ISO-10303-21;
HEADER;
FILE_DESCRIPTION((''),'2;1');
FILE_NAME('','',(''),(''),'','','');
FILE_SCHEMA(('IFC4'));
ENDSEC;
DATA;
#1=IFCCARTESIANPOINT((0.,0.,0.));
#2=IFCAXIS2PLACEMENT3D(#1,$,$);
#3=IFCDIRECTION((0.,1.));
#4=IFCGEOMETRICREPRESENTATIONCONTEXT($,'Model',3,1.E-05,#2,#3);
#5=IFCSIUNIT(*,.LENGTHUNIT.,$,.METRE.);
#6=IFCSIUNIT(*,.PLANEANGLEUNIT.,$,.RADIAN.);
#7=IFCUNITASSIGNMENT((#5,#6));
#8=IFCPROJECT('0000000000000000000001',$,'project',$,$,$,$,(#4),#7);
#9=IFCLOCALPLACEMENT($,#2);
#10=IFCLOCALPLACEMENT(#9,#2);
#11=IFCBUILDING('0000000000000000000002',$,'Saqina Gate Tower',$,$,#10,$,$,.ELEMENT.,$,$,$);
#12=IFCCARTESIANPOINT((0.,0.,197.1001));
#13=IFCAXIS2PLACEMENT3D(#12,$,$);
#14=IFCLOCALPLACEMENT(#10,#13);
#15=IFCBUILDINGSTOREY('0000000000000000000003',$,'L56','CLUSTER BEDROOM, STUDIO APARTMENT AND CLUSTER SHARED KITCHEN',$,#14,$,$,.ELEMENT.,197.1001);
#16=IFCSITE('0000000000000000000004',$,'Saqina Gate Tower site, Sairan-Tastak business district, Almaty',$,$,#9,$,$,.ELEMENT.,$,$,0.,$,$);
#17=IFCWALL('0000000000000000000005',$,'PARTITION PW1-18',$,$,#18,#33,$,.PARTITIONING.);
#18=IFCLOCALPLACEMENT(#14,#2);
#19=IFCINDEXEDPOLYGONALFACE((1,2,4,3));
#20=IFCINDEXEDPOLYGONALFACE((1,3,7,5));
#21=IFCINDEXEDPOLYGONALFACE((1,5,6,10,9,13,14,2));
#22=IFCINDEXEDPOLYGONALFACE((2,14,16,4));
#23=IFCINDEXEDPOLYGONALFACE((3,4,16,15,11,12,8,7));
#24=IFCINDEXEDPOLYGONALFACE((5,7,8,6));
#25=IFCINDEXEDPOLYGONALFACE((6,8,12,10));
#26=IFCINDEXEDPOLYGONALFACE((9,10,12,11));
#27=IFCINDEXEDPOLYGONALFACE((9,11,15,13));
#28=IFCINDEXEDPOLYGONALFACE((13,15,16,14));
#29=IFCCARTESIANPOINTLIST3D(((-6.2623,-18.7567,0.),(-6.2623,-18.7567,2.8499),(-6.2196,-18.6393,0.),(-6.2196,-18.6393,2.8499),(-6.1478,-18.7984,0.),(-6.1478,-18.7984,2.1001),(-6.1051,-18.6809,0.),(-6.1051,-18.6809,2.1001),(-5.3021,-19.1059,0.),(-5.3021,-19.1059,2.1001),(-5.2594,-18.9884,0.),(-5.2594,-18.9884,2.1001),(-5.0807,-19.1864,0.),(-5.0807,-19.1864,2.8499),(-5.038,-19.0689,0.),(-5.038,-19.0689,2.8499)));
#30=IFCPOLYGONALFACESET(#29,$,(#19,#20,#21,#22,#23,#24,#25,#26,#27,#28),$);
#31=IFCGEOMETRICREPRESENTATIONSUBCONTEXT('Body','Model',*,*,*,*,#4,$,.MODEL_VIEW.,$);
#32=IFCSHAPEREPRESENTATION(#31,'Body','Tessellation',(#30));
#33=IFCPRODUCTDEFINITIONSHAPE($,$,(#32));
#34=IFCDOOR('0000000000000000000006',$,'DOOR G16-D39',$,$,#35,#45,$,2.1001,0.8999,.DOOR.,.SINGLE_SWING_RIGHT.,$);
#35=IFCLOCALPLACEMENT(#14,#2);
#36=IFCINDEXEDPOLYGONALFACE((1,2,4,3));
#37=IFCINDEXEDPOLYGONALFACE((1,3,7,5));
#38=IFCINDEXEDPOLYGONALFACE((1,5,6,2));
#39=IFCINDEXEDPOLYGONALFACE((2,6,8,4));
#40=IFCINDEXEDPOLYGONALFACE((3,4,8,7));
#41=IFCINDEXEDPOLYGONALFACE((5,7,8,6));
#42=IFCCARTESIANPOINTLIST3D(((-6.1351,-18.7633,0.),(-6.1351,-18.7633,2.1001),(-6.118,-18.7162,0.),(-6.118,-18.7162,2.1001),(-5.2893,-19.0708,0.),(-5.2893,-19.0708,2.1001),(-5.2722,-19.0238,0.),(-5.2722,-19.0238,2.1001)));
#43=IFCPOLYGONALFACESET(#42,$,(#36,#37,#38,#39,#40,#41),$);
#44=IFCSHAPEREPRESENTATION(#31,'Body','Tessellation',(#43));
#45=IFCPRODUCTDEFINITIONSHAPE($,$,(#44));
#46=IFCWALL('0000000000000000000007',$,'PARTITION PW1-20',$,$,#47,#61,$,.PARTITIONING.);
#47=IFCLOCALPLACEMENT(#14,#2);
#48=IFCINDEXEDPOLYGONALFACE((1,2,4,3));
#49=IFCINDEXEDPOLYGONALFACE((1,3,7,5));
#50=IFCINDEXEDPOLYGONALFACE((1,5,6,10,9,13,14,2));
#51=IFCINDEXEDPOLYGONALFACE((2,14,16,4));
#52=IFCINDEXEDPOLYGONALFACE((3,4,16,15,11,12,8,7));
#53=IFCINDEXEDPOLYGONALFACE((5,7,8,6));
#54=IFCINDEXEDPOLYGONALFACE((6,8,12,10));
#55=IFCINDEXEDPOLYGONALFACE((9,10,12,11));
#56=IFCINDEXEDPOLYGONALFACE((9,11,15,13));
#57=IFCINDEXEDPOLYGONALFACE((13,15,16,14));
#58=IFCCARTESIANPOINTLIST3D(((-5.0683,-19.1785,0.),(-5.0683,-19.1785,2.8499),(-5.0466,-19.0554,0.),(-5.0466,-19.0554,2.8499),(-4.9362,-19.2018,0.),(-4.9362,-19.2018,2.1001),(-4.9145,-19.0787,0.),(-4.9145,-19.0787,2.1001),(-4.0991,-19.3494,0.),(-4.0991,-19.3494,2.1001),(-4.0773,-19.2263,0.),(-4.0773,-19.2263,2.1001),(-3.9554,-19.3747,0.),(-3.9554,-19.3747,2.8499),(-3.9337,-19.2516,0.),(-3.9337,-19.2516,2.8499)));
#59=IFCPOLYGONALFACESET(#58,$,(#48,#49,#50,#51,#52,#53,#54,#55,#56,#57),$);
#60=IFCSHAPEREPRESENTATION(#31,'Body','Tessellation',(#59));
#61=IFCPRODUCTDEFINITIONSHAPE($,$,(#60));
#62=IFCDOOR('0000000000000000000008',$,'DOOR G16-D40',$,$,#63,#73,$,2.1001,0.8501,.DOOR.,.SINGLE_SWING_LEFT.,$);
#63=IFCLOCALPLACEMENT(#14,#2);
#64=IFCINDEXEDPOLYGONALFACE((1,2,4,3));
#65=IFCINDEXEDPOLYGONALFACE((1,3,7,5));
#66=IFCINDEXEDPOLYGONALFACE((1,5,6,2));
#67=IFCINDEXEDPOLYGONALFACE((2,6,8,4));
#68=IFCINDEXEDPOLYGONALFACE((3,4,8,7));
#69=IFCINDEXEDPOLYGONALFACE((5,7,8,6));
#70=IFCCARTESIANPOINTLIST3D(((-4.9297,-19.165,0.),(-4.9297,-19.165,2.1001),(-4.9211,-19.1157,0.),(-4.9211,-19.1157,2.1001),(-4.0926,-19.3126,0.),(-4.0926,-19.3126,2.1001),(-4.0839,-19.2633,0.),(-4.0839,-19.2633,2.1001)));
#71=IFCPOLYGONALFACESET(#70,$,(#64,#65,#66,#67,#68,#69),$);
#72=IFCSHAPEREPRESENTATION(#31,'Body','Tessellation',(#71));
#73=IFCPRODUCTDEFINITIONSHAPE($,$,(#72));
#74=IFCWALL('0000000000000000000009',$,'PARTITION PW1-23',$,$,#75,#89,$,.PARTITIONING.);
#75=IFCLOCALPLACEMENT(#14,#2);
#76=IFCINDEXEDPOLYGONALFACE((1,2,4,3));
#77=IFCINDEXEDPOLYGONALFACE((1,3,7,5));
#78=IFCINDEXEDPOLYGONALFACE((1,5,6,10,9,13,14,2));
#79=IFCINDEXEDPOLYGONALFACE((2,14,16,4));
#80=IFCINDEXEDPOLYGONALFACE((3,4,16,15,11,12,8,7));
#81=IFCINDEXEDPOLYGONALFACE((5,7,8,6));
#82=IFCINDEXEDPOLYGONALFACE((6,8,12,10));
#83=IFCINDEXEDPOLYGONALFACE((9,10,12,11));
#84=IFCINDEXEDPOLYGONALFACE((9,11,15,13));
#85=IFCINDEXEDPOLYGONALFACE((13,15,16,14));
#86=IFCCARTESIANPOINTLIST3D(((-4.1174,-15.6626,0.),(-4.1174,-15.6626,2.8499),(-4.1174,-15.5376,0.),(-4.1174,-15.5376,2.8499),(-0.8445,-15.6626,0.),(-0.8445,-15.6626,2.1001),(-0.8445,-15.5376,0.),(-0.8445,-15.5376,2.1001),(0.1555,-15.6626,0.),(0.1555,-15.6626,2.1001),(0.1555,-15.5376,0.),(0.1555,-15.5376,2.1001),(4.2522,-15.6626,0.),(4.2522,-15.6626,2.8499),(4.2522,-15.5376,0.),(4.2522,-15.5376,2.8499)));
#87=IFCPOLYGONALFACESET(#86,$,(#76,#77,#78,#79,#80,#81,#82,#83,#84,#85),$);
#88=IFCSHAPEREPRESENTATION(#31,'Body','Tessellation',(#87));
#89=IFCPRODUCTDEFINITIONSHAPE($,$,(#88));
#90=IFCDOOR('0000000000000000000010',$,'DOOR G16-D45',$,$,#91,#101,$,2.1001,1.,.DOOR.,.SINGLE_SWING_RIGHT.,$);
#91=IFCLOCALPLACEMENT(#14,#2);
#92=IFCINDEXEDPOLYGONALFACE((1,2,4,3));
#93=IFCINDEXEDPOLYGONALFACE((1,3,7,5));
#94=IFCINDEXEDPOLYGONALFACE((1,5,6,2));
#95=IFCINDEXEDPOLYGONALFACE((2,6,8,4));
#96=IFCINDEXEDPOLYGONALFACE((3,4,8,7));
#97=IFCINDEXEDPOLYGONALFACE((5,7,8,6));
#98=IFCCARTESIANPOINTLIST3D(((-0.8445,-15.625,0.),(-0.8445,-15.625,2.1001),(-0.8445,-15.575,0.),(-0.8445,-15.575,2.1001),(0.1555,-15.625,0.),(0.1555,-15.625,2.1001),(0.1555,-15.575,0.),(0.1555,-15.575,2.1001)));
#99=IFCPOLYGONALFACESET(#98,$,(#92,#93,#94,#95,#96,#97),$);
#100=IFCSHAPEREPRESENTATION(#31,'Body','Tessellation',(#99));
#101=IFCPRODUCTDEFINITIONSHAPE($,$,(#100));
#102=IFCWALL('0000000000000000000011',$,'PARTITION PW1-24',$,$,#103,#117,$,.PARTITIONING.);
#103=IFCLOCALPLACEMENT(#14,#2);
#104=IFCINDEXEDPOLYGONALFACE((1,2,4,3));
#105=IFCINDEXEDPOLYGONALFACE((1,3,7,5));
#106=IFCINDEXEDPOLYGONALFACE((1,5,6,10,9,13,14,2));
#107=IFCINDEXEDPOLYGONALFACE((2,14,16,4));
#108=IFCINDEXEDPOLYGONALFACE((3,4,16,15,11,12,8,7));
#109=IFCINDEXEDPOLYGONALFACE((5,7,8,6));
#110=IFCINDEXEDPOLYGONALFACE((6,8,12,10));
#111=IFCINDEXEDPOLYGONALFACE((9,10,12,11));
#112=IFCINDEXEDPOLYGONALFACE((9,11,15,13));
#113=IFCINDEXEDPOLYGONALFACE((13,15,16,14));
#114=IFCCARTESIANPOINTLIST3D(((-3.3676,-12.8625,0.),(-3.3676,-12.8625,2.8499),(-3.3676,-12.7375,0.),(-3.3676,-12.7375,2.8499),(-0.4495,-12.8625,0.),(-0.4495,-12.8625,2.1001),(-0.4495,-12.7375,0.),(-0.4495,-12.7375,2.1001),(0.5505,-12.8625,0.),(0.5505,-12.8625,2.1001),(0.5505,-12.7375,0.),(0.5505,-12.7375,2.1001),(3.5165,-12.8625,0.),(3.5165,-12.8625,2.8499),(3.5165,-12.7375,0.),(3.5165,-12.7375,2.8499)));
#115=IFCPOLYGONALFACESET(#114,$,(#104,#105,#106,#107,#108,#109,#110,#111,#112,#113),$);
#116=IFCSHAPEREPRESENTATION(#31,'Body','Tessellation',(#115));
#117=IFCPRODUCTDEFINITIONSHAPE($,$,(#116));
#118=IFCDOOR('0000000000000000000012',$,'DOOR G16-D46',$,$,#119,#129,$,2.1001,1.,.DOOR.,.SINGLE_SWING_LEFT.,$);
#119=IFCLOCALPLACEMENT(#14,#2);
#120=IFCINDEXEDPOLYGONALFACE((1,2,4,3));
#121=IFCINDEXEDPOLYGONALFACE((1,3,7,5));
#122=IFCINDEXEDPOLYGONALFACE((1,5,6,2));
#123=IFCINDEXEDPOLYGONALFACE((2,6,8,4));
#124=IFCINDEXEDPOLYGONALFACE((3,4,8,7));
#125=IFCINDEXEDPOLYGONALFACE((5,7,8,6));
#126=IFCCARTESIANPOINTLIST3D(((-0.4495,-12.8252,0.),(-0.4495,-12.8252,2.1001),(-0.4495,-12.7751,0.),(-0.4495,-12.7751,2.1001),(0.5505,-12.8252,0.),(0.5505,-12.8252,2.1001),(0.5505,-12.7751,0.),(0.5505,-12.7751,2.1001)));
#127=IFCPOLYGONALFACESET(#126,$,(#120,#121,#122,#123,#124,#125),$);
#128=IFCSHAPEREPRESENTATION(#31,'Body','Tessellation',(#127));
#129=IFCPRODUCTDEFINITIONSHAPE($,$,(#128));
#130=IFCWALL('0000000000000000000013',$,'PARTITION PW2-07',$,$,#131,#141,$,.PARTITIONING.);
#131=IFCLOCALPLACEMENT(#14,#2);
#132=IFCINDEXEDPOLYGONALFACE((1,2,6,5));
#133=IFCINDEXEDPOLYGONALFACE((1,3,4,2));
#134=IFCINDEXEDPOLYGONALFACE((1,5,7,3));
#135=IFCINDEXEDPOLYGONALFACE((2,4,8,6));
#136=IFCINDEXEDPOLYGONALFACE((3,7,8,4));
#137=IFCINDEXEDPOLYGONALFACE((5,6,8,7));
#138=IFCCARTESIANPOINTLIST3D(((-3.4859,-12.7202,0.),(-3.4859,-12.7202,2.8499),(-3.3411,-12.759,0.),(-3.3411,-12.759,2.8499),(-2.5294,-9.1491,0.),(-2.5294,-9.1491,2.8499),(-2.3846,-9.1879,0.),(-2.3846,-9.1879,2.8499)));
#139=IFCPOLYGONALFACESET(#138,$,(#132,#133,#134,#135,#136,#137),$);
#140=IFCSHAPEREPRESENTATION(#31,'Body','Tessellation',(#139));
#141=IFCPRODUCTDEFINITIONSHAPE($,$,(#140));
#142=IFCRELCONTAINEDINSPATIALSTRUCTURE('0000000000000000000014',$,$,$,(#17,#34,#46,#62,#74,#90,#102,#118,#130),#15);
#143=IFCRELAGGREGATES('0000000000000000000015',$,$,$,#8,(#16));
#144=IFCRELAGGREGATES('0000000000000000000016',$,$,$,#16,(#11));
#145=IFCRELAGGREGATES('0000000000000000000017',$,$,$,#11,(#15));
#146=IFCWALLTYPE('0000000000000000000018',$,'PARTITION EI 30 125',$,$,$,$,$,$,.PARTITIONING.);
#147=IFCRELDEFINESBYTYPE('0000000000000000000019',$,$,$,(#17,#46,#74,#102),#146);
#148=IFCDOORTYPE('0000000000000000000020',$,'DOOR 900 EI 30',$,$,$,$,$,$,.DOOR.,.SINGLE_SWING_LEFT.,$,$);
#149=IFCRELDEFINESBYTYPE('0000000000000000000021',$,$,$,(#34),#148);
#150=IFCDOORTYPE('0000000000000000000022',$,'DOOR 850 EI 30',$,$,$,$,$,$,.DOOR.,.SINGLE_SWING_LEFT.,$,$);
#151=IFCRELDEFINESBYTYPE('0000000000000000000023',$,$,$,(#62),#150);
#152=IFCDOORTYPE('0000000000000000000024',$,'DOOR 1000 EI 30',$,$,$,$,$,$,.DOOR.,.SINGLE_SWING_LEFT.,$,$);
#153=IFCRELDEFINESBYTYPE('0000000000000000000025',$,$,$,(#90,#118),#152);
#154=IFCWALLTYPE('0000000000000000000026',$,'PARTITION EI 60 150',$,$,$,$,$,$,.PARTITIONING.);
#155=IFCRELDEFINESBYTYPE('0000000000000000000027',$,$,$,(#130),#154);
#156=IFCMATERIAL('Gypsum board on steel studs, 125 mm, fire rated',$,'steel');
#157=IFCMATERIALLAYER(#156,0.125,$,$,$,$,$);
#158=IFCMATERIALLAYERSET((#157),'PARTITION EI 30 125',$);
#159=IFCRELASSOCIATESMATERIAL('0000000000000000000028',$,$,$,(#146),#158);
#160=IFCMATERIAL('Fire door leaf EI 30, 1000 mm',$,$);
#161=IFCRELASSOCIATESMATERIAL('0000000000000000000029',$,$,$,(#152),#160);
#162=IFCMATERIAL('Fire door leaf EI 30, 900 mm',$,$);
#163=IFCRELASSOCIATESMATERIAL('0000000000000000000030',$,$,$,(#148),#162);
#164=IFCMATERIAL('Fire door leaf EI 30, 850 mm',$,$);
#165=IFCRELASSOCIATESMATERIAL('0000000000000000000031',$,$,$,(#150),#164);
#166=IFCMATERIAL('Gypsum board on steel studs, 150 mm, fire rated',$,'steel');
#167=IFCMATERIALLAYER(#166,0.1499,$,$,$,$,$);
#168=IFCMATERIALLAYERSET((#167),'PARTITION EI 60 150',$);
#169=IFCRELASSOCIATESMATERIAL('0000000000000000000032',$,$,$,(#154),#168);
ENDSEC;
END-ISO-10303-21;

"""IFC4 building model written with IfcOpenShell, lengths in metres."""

from ifc_helpers import new_model, si_unit, direction, frame, frame_2d, origin, place, context, subcontext, project, spatial, rectangle, extrude, material, layer, layer_set, type_object, element, fill, save


model = new_model("IFC4")

# Units and contexts
model_context = context("Model", 3, precision=1e-05, world=origin(), true_north=direction((0.0, 1.0)))
body_context = subcontext(model_context, "Body", "Model", "MODEL_VIEW")
ifc_project = project(units=[si_unit("LENGTHUNIT", "METRE"), si_unit("PLANEANGLEUNIT", "RADIAN")], contexts=[model_context])

# Site, building, storey
site_placement = place(None, origin())
site = spatial("IfcSite", under=ifc_project, at=site_placement, Name="Saqina Gate Tower site, Sairan-Tastak business district, Almaty", CompositionType="ELEMENT", RefElevation=0.0)
building_placement = place(site_placement, origin())
building = spatial("IfcBuilding", under=site, at=building_placement, Name="Saqina Gate Tower", CompositionType="ELEMENT")
storey_placement = place(building_placement, frame((0.0, 0.0, 197.1001)))
storey = spatial("IfcBuildingStorey", under=building, at=storey_placement, Name="L56", Description="CLUSTER BEDROOM, STUDIO APARTMENT AND CLUSTER SHARED KITCHEN", CompositionType="ELEMENT", Elevation=197.1001)

# Walls, openings, doors
ifc_material_1 = material(Name="Gypsum board on steel studs, 125 mm, fire rated", Category="steel")
ifc_layer_1 = layer(ifc_material_1, 0.125)
ifc_layer_set_1 = layer_set([ifc_layer_1], Name="PARTITION EI 30 125")
wall_type_1 = type_object("IfcWallType", Name="PARTITION EI 30 125", PredefinedType="PARTITIONING", material=ifc_layer_set_1)
ifc_material_2 = material(Name="Fire door leaf EI 30, 1000 mm")
door_type_1 = type_object("IfcDoorType", Name="DOOR 1000 EI 30", OperationType="SINGLE_SWING_LEFT", PredefinedType="DOOR", material=ifc_material_2)
wall_1_placement = place(storey_placement, frame((-6.241, -18.698, 0.0), z_axis=(0.0, 0.0, 1.0), x_axis=(0.939793, -0.341743, 0.0)))
wall_1 = element("IfcWall", 1, at=wall_1_placement, inside=storey, type_object=wall_type_1, Name="PARTITION PW1-18", PredefinedType="PARTITIONING", context=body_context, shape_type="SweptSolid", body=[
    extrude(rectangle(XDim=1.2573, YDim=0.125, at=frame_2d((0.6287, 0.0))), origin(), (0.0, 0.0, 1.0), 2.8499),
])
opening_1_placement = place(wall_1_placement, frame((0.1218, 0.0, 0.0)))
opening_1 = element("IfcOpeningElement", 2, at=opening_1_placement, cuts=wall_1, PredefinedType="OPENING", context=body_context, shape_type="SweptSolid", body=[
    extrude(rectangle(XDim=0.8999, YDim=2.1001, at=frame_2d((0.45, 1.05))), frame((0.0, 0.0745, 0.0), z_axis=(0.0, -1.0, 0.0), x_axis=(1.0, 0.0, 0.0)), (0.0, 0.0, 1.0), 0.1489),
])
ifc_material_3 = material(Name="Fire door leaf EI 30, 900 mm")
door_type_2 = type_object("IfcDoorType", Name="DOOR 900 EI 30", OperationType="SINGLE_SWING_LEFT", PredefinedType="DOOR", material=ifc_material_3)
door_1_placement = place(opening_1_placement, origin())
door_1 = element("IfcDoor", 3, at=door_1_placement, inside=storey, type_object=door_type_2, Name="DOOR G16-D39", OperationType="SINGLE_SWING_RIGHT", OverallHeight=2.1001, OverallWidth=0.8999, PredefinedType="DOOR", context=body_context, shape_type="SweptSolid", body=[
    extrude(rectangle(XDim=0.8999, YDim=2.1001, at=frame_2d((0.45, 1.05))), frame((0.0, 0.0249, 0.0), z_axis=(0.0, -1.0, 0.0), x_axis=(1.0, 0.0, 0.0)), (0.0, 0.0, 1.0), 0.05),
])
fill(opening_1, door_1)
wall_2_placement = place(storey_placement, frame((-5.0574, -19.1169, 0.0), z_axis=(0.0, 0.0, 1.0), x_axis=(0.984803, -0.173674, 0.0)))
wall_2 = element("IfcWall", 4, at=wall_2_placement, inside=storey, type_object=wall_type_1, Name="PARTITION PW1-20", PredefinedType="PARTITIONING", context=body_context, shape_type="SweptSolid", body=[
    extrude(rectangle(XDim=1.1301, YDim=0.125, at=frame_2d((0.5649, 0.0))), origin(), (0.0, 0.0, 1.0), 2.8499),
])
opening_2_placement = place(wall_2_placement, frame((0.134, 0.0, 0.0)))
opening_2 = element("IfcOpeningElement", 5, at=opening_2_placement, cuts=wall_2, PredefinedType="OPENING", context=body_context, shape_type="SweptSolid", body=[
    extrude(rectangle(XDim=0.8501, YDim=2.1001, at=frame_2d((0.425, 1.05))), frame((0.0, 0.0745, 0.0), z_axis=(0.0, -1.0, 0.0), x_axis=(1.0, 0.0, 0.0)), (0.0, 0.0, 1.0), 0.1489),
])
ifc_material_4 = material(Name="Fire door leaf EI 30, 850 mm")
door_type_3 = type_object("IfcDoorType", Name="DOOR 850 EI 30", OperationType="SINGLE_SWING_LEFT", PredefinedType="DOOR", material=ifc_material_4)
door_2_placement = place(opening_2_placement, origin())
door_2 = element("IfcDoor", 6, at=door_2_placement, inside=storey, type_object=door_type_3, Name="DOOR G16-D40", OperationType="SINGLE_SWING_LEFT", OverallHeight=2.1001, OverallWidth=0.8501, PredefinedType="DOOR", context=body_context, shape_type="SweptSolid", body=[
    extrude(rectangle(XDim=0.8501, YDim=2.1001, at=frame_2d((0.425, 1.05))), frame((0.0, 0.0249, 0.0), z_axis=(0.0, -1.0, 0.0), x_axis=(1.0, 0.0, 0.0)), (0.0, 0.0, 1.0), 0.05),
])
fill(opening_2, door_2)
wall_3_placement = place(storey_placement, frame((-4.1174, -15.6001, 0.0), z_axis=(0.0, 0.0, 1.0), x_axis=(1.0, 0.0, 0.0)))
wall_3 = element("IfcWall", 7, at=wall_3_placement, inside=storey, type_object=wall_type_1, Name="PARTITION PW1-23", PredefinedType="PARTITIONING", context=body_context, shape_type="SweptSolid", body=[
    extrude(rectangle(XDim=8.3696, YDim=0.125, at=frame_2d((4.1848, 0.0))), origin(), (0.0, 0.0, 1.0), 2.8499),
])
opening_3_placement = place(wall_3_placement, frame((3.2729, 0.0, 0.0)))
opening_3 = element("IfcOpeningElement", 8, at=opening_3_placement, cuts=wall_3, PredefinedType="OPENING", context=body_context, shape_type="SweptSolid", body=[
    extrude(rectangle(XDim=1.0, YDim=2.1001, at=frame_2d((0.5, 1.05))), frame((0.0, 0.0745, 0.0), z_axis=(0.0, -1.0, 0.0), x_axis=(1.0, 0.0, 0.0)), (0.0, 0.0, 1.0), 0.1489),
])
door_3_placement = place(opening_3_placement, frame((1.0, 0.0, 0.0), z_axis=(0.0, 0.0, 1.0), x_axis=(-1.0, 0.0, 0.0)))
door_3 = element("IfcDoor", 9, at=door_3_placement, inside=storey, type_object=door_type_1, Name="DOOR G16-D45", OperationType="SINGLE_SWING_RIGHT", OverallHeight=2.1001, OverallWidth=1.0, PredefinedType="DOOR", context=body_context, shape_type="SweptSolid", body=[
    extrude(rectangle(XDim=1.0, YDim=2.1001, at=frame_2d((0.5, 1.05))), frame((0.0, 0.0249, 0.0), z_axis=(0.0, -1.0, 0.0), x_axis=(1.0, 0.0, 0.0)), (0.0, 0.0, 1.0), 0.05),
])
fill(opening_3, door_3)
wall_4_placement = place(storey_placement, frame((-3.3674, -12.8, 0.0), z_axis=(0.0, 0.0, 1.0), x_axis=(1.0, 0.0, 0.0)))
wall_4 = element("IfcWall", 10, at=wall_4_placement, inside=storey, type_object=wall_type_1, Name="PARTITION PW1-24", PredefinedType="PARTITIONING", context=body_context, shape_type="SweptSolid", body=[
    extrude(rectangle(XDim=6.884, YDim=0.125, at=frame_2d((3.4419, 0.0))), origin(), (0.0, 0.0, 1.0), 2.8499),
])
opening_4_placement = place(wall_4_placement, frame((2.918, 0.0, 0.0)))
opening_4 = element("IfcOpeningElement", 11, at=opening_4_placement, cuts=wall_4, PredefinedType="OPENING", context=body_context, shape_type="SweptSolid", body=[
    extrude(rectangle(XDim=1.0, YDim=2.1001, at=frame_2d((0.5, 1.05))), frame((0.0, 0.0745, 0.0), z_axis=(0.0, -1.0, 0.0), x_axis=(1.0, 0.0, 0.0)), (0.0, 0.0, 1.0), 0.1489),
])
door_4_placement = place(opening_4_placement, origin())
door_4 = element("IfcDoor", 12, at=door_4_placement, inside=storey, type_object=door_type_1, Name="DOOR G16-D46", OperationType="SINGLE_SWING_LEFT", OverallHeight=2.1001, OverallWidth=1.0, PredefinedType="DOOR", context=body_context, shape_type="SweptSolid", body=[
    extrude(rectangle(XDim=1.0, YDim=2.1001, at=frame_2d((0.5, 1.05))), frame((0.0, 0.0249, 0.0), z_axis=(0.0, -1.0, 0.0), x_axis=(1.0, 0.0, 0.0)), (0.0, 0.0, 1.0), 0.05),
])
fill(opening_4, door_4)

# Wall
ifc_material_5 = material(Name="Gypsum board on steel studs, 150 mm, fire rated", Category="steel")
ifc_layer_2 = layer(ifc_material_5, 0.1499)
ifc_layer_set_2 = layer_set([ifc_layer_2], Name="PARTITION EI 60 150")
wall_type_2 = type_object("IfcWallType", Name="PARTITION EI 60 150", PredefinedType="PARTITIONING", material=ifc_layer_set_2)
wall_5_placement = place(storey_placement, frame((-3.4136, -12.7397, 0.0), z_axis=(0.0, 0.0, 1.0), x_axis=(0.258739, 0.965947, 0.0)))
element("IfcWall", 13, at=wall_5_placement, inside=storey, type_object=wall_type_2, Name="PARTITION PW2-07", PredefinedType="PARTITIONING", context=body_context, shape_type="SweptSolid", body=[
    extrude(rectangle(XDim=3.697, YDim=0.1499, at=frame_2d((1.8486, 0.0))), origin(), (0.0, 0.0, 1.0), 2.8499),
])

save(model, "model.ifc")
